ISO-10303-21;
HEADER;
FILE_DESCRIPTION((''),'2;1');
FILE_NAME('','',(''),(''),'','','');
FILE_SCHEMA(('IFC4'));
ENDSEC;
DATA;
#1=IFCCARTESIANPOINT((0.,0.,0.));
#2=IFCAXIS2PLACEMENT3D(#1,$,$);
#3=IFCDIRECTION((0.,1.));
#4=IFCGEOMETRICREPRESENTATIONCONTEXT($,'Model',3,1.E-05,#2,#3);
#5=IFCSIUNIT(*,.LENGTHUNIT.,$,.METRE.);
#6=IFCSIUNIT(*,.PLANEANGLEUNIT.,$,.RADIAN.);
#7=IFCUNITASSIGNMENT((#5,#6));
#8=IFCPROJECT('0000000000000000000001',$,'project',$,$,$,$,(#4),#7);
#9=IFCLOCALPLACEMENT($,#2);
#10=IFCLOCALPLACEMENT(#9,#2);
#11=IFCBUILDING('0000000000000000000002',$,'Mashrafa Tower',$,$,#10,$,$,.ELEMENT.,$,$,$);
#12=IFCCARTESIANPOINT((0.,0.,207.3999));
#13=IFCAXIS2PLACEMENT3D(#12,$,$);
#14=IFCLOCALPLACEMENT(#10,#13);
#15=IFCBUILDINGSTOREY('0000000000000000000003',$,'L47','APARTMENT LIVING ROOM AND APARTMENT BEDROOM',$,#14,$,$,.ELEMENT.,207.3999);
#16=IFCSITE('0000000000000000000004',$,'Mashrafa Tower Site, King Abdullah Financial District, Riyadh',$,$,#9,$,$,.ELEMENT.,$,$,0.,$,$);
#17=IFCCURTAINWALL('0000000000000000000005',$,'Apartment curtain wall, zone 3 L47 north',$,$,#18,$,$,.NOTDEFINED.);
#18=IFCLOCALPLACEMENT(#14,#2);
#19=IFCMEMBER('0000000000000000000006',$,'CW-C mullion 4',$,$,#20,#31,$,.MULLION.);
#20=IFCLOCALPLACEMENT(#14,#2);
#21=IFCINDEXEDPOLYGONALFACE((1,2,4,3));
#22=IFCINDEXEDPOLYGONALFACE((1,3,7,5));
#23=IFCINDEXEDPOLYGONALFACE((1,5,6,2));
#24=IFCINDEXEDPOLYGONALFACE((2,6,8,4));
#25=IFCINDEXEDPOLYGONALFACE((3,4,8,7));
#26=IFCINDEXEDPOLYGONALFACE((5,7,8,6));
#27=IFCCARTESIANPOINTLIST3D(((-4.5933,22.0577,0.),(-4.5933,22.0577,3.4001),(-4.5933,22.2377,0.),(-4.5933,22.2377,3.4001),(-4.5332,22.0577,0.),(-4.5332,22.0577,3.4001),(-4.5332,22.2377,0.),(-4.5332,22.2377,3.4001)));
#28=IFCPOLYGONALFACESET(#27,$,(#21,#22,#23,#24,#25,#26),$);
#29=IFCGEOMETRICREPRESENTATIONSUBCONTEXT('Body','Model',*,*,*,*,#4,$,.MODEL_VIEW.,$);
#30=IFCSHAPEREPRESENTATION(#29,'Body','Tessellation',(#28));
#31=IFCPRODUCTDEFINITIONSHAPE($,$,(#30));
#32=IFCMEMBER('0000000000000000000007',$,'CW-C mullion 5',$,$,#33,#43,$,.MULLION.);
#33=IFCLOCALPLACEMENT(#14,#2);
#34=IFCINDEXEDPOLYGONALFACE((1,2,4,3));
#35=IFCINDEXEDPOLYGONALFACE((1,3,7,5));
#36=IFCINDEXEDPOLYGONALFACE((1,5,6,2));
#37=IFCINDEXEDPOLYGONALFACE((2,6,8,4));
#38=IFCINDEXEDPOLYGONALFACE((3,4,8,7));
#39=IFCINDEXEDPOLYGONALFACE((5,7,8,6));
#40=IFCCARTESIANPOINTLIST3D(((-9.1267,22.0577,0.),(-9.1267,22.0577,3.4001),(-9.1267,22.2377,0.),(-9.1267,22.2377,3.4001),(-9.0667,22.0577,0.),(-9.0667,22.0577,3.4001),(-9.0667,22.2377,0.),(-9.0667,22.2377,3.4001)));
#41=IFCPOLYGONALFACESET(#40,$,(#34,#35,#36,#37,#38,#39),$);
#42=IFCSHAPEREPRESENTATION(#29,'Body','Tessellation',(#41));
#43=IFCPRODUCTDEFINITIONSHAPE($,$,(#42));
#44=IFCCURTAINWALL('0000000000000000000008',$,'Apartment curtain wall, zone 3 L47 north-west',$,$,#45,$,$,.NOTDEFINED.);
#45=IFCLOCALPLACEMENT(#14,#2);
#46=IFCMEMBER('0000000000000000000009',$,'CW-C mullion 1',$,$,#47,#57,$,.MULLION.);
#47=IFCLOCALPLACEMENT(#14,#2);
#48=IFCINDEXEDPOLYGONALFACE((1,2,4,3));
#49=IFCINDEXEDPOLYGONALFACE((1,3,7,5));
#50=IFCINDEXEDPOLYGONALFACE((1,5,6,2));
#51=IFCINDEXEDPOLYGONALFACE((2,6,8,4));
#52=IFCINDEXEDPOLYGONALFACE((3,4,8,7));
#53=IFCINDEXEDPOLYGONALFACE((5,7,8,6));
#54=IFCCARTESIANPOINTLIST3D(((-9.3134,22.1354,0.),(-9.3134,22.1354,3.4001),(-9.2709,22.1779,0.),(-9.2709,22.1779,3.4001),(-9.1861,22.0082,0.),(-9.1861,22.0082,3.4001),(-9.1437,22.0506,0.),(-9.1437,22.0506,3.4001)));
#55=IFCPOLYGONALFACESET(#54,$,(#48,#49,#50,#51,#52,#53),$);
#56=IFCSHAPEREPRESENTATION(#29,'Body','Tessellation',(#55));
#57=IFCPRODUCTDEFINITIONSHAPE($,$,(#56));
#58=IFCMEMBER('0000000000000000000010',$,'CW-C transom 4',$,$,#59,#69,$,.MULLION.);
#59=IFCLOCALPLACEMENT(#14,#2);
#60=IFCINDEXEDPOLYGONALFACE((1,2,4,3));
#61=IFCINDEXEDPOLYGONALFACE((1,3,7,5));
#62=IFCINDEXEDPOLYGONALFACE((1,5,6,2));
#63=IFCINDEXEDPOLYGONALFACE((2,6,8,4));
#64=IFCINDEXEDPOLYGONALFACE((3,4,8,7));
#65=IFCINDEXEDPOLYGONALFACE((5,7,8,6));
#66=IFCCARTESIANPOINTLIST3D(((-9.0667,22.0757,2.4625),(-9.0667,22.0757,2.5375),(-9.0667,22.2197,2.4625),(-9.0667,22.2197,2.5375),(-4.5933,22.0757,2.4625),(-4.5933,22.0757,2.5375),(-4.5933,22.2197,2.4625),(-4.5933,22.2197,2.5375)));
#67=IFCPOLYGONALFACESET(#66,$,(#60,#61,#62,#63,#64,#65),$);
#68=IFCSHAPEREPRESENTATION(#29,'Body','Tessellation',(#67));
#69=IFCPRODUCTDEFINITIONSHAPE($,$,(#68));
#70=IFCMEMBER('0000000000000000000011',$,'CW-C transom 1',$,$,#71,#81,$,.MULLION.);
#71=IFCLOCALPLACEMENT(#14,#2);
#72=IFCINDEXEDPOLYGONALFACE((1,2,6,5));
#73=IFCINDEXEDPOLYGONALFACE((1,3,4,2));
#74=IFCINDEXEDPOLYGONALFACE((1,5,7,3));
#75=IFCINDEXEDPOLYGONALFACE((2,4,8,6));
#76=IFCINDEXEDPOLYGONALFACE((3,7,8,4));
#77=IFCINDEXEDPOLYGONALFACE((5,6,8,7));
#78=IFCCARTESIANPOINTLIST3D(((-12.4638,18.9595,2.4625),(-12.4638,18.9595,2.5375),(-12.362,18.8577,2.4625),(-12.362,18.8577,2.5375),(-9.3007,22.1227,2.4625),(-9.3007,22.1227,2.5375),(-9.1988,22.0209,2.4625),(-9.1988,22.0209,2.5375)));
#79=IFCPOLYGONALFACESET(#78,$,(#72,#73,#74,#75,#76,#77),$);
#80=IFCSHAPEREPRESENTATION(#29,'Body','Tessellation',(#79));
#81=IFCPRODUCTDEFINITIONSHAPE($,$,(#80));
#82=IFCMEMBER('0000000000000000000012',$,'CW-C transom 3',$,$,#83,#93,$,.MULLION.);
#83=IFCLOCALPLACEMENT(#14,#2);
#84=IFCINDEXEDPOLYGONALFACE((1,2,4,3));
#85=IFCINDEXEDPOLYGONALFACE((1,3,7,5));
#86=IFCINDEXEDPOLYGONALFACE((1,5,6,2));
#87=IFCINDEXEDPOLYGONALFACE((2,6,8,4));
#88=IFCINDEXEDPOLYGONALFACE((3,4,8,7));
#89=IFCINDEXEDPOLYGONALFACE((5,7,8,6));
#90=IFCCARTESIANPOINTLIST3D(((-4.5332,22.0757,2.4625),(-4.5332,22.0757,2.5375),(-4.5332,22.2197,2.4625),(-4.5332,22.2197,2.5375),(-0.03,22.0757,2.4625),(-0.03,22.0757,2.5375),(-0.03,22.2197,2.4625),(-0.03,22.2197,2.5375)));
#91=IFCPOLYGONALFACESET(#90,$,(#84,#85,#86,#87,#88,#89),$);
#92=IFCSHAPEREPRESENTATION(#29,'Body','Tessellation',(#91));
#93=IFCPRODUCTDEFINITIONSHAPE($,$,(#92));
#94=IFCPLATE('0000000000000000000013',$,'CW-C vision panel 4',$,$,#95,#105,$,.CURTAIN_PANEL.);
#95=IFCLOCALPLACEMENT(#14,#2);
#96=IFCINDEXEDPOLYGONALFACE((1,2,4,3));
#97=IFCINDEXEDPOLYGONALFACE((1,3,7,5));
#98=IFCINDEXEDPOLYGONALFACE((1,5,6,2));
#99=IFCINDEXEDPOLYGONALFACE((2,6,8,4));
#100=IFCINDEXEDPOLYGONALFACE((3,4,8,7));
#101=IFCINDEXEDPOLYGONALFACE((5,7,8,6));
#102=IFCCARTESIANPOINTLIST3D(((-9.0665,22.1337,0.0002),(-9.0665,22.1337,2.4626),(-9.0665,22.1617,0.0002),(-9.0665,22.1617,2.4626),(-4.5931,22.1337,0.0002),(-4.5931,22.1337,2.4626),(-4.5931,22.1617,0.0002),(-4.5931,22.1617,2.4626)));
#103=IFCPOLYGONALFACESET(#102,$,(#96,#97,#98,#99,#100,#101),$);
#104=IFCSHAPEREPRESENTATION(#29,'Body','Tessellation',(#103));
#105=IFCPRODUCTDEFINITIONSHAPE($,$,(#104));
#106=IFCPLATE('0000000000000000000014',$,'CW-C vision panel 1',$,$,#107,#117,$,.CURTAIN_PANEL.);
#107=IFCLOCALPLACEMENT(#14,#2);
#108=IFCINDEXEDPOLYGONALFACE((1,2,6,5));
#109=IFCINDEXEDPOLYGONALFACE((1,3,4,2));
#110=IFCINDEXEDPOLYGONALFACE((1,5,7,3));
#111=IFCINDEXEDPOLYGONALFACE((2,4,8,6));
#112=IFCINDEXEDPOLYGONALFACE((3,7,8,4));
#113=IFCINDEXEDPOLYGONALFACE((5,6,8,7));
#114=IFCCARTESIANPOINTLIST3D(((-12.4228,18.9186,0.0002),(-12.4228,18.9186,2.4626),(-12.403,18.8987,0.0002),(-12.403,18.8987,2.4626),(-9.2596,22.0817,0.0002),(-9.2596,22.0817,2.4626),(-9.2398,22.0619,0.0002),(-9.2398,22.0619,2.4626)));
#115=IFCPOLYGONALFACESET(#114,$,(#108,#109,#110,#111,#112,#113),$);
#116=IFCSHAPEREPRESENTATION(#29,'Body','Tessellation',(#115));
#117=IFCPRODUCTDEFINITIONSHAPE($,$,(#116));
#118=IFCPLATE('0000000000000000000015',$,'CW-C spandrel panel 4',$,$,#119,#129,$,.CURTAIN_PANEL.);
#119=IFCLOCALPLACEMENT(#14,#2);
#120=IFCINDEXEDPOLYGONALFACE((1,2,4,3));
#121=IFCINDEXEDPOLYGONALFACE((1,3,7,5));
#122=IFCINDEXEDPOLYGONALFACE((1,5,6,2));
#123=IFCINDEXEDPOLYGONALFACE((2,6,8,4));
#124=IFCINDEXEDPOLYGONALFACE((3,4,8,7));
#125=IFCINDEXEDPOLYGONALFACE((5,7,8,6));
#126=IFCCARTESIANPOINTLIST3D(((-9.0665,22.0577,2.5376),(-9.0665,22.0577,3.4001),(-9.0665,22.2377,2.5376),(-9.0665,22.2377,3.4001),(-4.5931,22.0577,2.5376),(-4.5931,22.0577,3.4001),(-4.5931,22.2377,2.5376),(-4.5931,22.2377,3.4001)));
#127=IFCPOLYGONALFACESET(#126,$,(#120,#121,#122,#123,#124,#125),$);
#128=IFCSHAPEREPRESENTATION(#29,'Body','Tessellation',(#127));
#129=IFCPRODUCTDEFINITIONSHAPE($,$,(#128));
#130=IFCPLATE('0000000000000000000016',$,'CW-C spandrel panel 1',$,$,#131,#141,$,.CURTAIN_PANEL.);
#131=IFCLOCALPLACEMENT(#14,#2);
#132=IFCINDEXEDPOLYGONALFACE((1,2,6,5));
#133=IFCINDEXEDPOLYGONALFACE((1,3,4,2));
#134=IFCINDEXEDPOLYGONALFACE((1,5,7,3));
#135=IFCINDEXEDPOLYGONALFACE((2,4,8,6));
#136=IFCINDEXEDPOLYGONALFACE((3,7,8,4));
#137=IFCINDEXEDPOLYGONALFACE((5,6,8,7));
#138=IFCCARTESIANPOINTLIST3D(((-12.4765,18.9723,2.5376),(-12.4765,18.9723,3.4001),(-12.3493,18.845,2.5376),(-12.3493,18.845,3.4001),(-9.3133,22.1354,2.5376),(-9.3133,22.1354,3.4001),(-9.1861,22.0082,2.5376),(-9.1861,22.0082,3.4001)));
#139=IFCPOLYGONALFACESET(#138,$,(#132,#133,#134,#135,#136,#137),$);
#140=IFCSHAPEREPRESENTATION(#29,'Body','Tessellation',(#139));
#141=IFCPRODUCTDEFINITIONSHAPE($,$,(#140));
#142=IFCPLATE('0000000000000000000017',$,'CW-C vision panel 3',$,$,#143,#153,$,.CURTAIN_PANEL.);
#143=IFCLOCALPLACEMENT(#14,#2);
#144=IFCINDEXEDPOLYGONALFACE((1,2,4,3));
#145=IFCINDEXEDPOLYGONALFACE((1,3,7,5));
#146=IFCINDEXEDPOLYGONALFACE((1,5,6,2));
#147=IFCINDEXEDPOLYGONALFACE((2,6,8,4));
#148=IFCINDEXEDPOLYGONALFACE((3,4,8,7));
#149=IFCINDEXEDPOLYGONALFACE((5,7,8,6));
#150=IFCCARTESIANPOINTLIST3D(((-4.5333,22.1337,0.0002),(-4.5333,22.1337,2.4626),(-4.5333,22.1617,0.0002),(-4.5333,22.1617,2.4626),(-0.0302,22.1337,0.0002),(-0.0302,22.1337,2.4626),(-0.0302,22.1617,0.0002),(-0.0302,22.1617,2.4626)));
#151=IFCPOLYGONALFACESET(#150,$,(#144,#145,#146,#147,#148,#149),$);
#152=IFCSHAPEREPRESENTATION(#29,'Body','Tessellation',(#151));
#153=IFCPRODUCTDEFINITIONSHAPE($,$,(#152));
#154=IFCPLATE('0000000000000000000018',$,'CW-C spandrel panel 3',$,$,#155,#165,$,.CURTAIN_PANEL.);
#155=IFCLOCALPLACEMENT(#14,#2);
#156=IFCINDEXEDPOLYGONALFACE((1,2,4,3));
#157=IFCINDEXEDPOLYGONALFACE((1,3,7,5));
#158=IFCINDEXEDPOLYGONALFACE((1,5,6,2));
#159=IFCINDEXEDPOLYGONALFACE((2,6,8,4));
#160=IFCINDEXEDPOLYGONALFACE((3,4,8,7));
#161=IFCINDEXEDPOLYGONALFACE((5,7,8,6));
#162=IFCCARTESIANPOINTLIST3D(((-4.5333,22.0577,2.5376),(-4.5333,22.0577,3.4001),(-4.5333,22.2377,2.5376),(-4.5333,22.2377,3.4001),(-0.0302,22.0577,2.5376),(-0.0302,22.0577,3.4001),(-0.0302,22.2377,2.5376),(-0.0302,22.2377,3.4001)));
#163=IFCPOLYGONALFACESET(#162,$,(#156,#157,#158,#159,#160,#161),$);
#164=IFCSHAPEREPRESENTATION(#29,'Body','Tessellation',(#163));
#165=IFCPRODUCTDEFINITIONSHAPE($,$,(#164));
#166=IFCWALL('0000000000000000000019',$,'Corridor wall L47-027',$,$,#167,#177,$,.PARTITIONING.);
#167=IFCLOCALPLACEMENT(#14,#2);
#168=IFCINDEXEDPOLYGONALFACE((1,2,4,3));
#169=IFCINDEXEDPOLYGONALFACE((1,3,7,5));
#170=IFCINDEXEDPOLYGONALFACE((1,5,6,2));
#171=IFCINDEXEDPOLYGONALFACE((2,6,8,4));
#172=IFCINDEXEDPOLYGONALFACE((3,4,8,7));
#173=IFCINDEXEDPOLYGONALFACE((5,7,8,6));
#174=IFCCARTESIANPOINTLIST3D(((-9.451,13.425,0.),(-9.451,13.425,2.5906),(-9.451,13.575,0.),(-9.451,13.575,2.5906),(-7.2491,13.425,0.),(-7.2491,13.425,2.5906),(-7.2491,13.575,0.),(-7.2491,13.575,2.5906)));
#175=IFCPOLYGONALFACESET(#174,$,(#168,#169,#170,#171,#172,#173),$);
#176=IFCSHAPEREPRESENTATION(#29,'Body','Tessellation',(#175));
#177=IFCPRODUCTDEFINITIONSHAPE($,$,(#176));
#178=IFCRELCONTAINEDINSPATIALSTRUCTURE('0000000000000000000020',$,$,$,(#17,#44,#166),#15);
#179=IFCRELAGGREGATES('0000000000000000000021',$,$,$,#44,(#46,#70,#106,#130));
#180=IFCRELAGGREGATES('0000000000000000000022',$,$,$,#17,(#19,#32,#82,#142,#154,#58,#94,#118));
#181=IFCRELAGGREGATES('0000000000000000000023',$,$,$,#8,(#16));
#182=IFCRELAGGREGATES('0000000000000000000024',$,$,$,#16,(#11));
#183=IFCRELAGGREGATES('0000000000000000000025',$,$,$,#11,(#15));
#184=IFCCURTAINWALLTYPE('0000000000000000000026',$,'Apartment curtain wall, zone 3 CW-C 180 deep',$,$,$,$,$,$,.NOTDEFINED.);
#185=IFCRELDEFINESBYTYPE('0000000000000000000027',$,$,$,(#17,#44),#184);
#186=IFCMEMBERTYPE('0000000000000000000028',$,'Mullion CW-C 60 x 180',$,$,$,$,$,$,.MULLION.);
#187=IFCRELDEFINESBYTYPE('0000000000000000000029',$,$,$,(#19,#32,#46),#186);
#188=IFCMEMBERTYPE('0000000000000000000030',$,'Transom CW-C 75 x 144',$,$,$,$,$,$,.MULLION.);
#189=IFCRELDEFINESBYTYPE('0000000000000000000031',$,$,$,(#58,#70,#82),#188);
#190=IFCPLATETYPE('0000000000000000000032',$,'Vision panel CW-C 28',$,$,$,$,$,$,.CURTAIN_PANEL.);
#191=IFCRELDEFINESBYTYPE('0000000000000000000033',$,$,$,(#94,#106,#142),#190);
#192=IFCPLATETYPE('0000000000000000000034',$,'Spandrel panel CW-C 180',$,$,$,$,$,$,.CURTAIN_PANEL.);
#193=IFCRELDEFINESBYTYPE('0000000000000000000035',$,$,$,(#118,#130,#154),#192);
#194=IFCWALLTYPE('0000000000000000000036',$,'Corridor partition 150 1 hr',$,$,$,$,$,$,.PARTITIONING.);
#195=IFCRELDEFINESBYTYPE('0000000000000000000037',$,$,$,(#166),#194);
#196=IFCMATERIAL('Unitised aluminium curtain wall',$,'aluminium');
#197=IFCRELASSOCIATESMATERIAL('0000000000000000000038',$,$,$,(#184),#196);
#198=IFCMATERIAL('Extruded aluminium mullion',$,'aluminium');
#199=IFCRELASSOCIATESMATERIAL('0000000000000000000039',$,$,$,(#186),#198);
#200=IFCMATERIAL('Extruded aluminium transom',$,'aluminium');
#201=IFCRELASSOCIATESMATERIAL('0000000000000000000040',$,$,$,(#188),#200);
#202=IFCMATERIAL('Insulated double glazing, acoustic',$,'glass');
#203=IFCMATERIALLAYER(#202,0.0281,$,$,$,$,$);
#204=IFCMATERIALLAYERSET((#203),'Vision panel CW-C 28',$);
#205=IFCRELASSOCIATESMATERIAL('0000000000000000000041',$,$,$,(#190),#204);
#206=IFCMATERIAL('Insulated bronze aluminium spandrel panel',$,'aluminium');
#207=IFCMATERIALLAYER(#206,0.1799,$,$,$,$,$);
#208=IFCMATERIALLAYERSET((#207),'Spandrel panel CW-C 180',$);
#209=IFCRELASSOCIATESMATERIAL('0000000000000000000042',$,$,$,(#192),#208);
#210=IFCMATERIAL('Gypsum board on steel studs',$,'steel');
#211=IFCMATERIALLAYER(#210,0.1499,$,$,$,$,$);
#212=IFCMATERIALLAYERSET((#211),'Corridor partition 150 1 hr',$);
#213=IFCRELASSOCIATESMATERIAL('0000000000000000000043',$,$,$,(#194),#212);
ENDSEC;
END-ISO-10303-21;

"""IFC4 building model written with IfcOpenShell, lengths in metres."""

from ifc_helpers import new_model, si_unit, direction, frame, frame_2d, origin, origin_2d, place, context, subcontext, project, spatial, rectangle, extrude, source, transform, mapped, material, layer, layer_set, material_profile, profile_set, type_object, type_shapes, element, aggregate, save


model = new_model("IFC4")

# Units and contexts
model_context = context("Model", 3, precision=1e-05, world=origin(), true_north=direction((0.0, 1.0)))
body_context = subcontext(model_context, "Body", "Model", "MODEL_VIEW")
ifc_project = project(units=[si_unit("LENGTHUNIT", "METRE"), si_unit("PLANEANGLEUNIT", "RADIAN")], contexts=[model_context])

# Site, building, storey
site_placement = place(None, origin())
site = spatial("IfcSite", under=ifc_project, at=site_placement, Name="Mashrafa Tower Site, King Abdullah Financial District, Riyadh", CompositionType="ELEMENT", RefElevation=0.0)
building_placement = place(site_placement, origin())
building = spatial("IfcBuilding", under=site, at=building_placement, Name="Mashrafa Tower", CompositionType="ELEMENT")
storey_placement = place(building_placement, frame((0.0, 0.0, 207.3999)))
storey = spatial("IfcBuildingStorey", under=building, at=storey_placement, Name="L47", Description="APARTMENT LIVING ROOM AND APARTMENT BEDROOM", CompositionType="ELEMENT", Elevation=207.3999)

# Curtain wall, members
ifc_material_1 = material(Name="Unitised aluminium curtain wall", Category="aluminium")
curtain_wall_type = type_object("IfcCurtainWallType", Name="Apartment curtain wall, zone 3 CW-C 180 deep", PredefinedType="NOTDEFINED", material=ifc_material_1)
curtain_wall_1_placement = place(storey_placement, origin())
curtain_wall_1 = element("IfcCurtainWall", 1, at=curtain_wall_1_placement, inside=storey, type_object=curtain_wall_type, Name="Apartment curtain wall, zone 3 L47 north", PredefinedType="NOTDEFINED")
ifc_material_2 = material(Name="Extruded aluminium mullion", Category="aluminium")
ifc_material_profile_1 = material_profile(ifc_material_2, rectangle(XDim=0.1799, YDim=0.0601, at=origin_2d()), Name="Mullion 60x180")
ifc_profile_set_1 = profile_set([ifc_material_profile_1], Name="Extruded aluminium mullion")
member_type_1 = type_object("IfcMemberType", Name="Mullion CW-C 60 x 180", PredefinedType="MULLION", material=ifc_profile_set_1)
shared_shape_1 = source(origin(), body_context, "Body", "SweptSolid", [
    extrude(rectangle(XDim=0.1799, YDim=0.0601, at=origin_2d()), origin(), (0.0, 0.0, 1.0), 3.4001),
])
type_shapes(member_type_1, [shared_shape_1])
member_1_placement = place(storey_placement, frame((-4.5632, 22.1477, 0.0), z_axis=(0.0, 0.0, 1.0), x_axis=(0.0, -1.0, 0.0)))
member_1 = element("IfcMember", 2, at=member_1_placement, type_object=member_type_1, Name="CW-C mullion 4", PredefinedType="MULLION", context=body_context, shape_type="MappedRepresentation", body=[
    mapped(shared_shape_1, transform((0.0, 0.0, 0.0))),
])
member_2_placement = place(storey_placement, frame((-9.0967, 22.1477, 0.0), z_axis=(0.0, 0.0, 1.0), x_axis=(0.0, -1.0, 0.0)))
member_2 = element("IfcMember", 3, at=member_2_placement, type_object=member_type_1, Name="CW-C mullion 5", PredefinedType="MULLION", context=body_context, shape_type="MappedRepresentation", body=[
    mapped(shared_shape_1, transform((0.0, 0.0, 0.0))),
])

# Curtain wall, member
curtain_wall_2_placement = place(storey_placement, origin())
curtain_wall_2 = element("IfcCurtainWall", 4, at=curtain_wall_2_placement, inside=storey, type_object=curtain_wall_type, Name="Apartment curtain wall, zone 3 L47 north-west", PredefinedType="NOTDEFINED")
member_3_placement = place(storey_placement, frame((-9.2285, 22.093, 0.0), z_axis=(0.0, 0.0, 1.0), x_axis=(0.707107, -0.707107, 0.0)))
member_3 = element("IfcMember", 5, at=member_3_placement, type_object=member_type_1, Name="CW-C mullion 1", PredefinedType="MULLION", context=body_context, shape_type="MappedRepresentation", body=[
    mapped(shared_shape_1, transform((0.0, 0.0, 0.0))),
])

# Members
ifc_material_3 = material(Name="Extruded aluminium transom", Category="aluminium")
ifc_material_profile_2 = material_profile(ifc_material_3, rectangle(XDim=0.144, YDim=0.075, at=origin_2d()), Name="Transom 75x144")
ifc_profile_set_2 = profile_set([ifc_material_profile_2], Name="Extruded aluminium transom")
member_type_2 = type_object("IfcMemberType", Name="Transom CW-C 75 x 144", PredefinedType="MULLION", material=ifc_profile_set_2)
shared_shape_2 = source(origin(), body_context, "Body", "SweptSolid", [
    extrude(rectangle(XDim=0.144, YDim=0.075, at=origin_2d()), origin(), (0.0, 0.0, 1.0), 4.4734),
])
member_4_placement = place(storey_placement, frame((-4.5933, 22.1477, 2.5), z_axis=(-1.0, 0.0, 0.0), x_axis=(0.0, -1.0, 0.0)))
member_4 = element("IfcMember", 6, at=member_4_placement, type_object=member_type_2, Name="CW-C transom 4", PredefinedType="MULLION", context=body_context, shape_type="MappedRepresentation", body=[
    mapped(shared_shape_2, transform((0.0, 0.0, 0.0))),
])
member_5_placement = place(storey_placement, frame((-9.2498, 22.0718, 2.5), z_axis=(-0.707107, -0.707107, 0.0), x_axis=(0.707107, -0.707107, 0.0)))
member_5 = element("IfcMember", 7, at=member_5_placement, type_object=member_type_2, Name="CW-C transom 1", PredefinedType="MULLION", context=body_context, shape_type="MappedRepresentation", body=[
    mapped(shared_shape_2, transform((0.0, 0.0, 0.0))),
])
shared_shape_3 = source(origin(), body_context, "Body", "SweptSolid", [
    extrude(rectangle(XDim=0.144, YDim=0.075, at=origin_2d()), origin(), (0.0, 0.0, 1.0), 4.5032),
])
type_shapes(member_type_2, [shared_shape_2, shared_shape_3])
member_6_placement = place(storey_placement, frame((-0.03, 22.1477, 2.5), z_axis=(-1.0, 0.0, 0.0), x_axis=(0.0, -1.0, 0.0)))
member_6 = element("IfcMember", 8, at=member_6_placement, type_object=member_type_2, Name="CW-C transom 3", PredefinedType="MULLION", context=body_context, shape_type="MappedRepresentation", body=[
    mapped(shared_shape_3, transform((0.0, 0.0, 0.0))),
])

# Plates
ifc_material_4 = material(Name="Insulated double glazing, acoustic", Category="glass")
ifc_layer_1 = layer(ifc_material_4, 0.0281)
ifc_layer_set_1 = layer_set([ifc_layer_1], Name="Vision panel CW-C 28")
plate_type_1 = type_object("IfcPlateType", Name="Vision panel CW-C 28", PredefinedType="CURTAIN_PANEL", material=ifc_layer_set_1)
shared_shape_4 = source(origin(), body_context, "Body", "SweptSolid", [
    extrude(rectangle(XDim=4.4734, YDim=0.0281, at=origin_2d()), origin(), (0.0, 0.0, 1.0), 2.4624),
])
plate_1_placement = place(storey_placement, frame((-6.8298, 22.1477, 0.0002), z_axis=(0.0, 0.0, 1.0), x_axis=(-1.0, 0.0, 0.0)))
plate_1 = element("IfcPlate", 9, at=plate_1_placement, type_object=plate_type_1, Name="CW-C vision panel 4", PredefinedType="CURTAIN_PANEL", context=body_context, shape_type="MappedRepresentation", body=[
    mapped(shared_shape_4, transform((0.0, 0.0, 0.0))),
])
plate_2_placement = place(storey_placement, frame((-10.8313, 20.4902, 0.0002), z_axis=(0.0, 0.0, 1.0), x_axis=(-0.707107, -0.707107, 0.0)))
plate_2 = element("IfcPlate", 10, at=plate_2_placement, type_object=plate_type_1, Name="CW-C vision panel 1", PredefinedType="CURTAIN_PANEL", context=body_context, shape_type="MappedRepresentation", body=[
    mapped(shared_shape_4, transform((0.0, 0.0, 0.0))),
])
ifc_material_5 = material(Name="Insulated bronze aluminium spandrel panel", Category="aluminium")
ifc_layer_2 = layer(ifc_material_5, 0.1799)
ifc_layer_set_2 = layer_set([ifc_layer_2], Name="Spandrel panel CW-C 180")
plate_type_2 = type_object("IfcPlateType", Name="Spandrel panel CW-C 180", PredefinedType="CURTAIN_PANEL", material=ifc_layer_set_2)
shared_shape_5 = source(origin(), body_context, "Body", "SweptSolid", [
    extrude(rectangle(XDim=4.4734, YDim=0.1799, at=origin_2d()), origin(), (0.0, 0.0, 1.0), 0.8625),
])
plate_3_placement = place(storey_placement, frame((-6.8298, 22.1477, 2.5376), z_axis=(0.0, 0.0, 1.0), x_axis=(-1.0, 0.0, 0.0)))
plate_3 = element("IfcPlate", 11, at=plate_3_placement, type_object=plate_type_2, Name="CW-C spandrel panel 4", PredefinedType="CURTAIN_PANEL", context=body_context, shape_type="MappedRepresentation", body=[
    mapped(shared_shape_5, transform((0.0, 0.0, 0.0))),
])
plate_4_placement = place(storey_placement, frame((-10.8313, 20.4902, 2.5376), z_axis=(0.0, 0.0, 1.0), x_axis=(-0.707107, -0.707107, 0.0)))
plate_4 = element("IfcPlate", 12, at=plate_4_placement, type_object=plate_type_2, Name="CW-C spandrel panel 1", PredefinedType="CURTAIN_PANEL", context=body_context, shape_type="MappedRepresentation", body=[
    mapped(shared_shape_5, transform((0.0, 0.0, 0.0))),
])
aggregate(curtain_wall_2, [member_3, member_5, plate_2, plate_4])
shared_shape_6 = source(origin(), body_context, "Body", "SweptSolid", [
    extrude(rectangle(XDim=4.5032, YDim=0.0281, at=origin_2d()), origin(), (0.0, 0.0, 1.0), 2.4624),
])
type_shapes(plate_type_1, [shared_shape_4, shared_shape_6])
plate_5_placement = place(storey_placement, frame((-2.2817, 22.1477, 0.0002), z_axis=(0.0, 0.0, 1.0), x_axis=(-1.0, 0.0, 0.0)))
plate_5 = element("IfcPlate", 13, at=plate_5_placement, type_object=plate_type_1, Name="CW-C vision panel 3", PredefinedType="CURTAIN_PANEL", context=body_context, shape_type="MappedRepresentation", body=[
    mapped(shared_shape_6, transform((0.0, 0.0, 0.0))),
])
shared_shape_7 = source(origin(), body_context, "Body", "SweptSolid", [
    extrude(rectangle(XDim=4.5032, YDim=0.1799, at=origin_2d()), origin(), (0.0, 0.0, 1.0), 0.8625),
])
type_shapes(plate_type_2, [shared_shape_5, shared_shape_7])
plate_6_placement = place(storey_placement, frame((-2.2817, 22.1477, 2.5376), z_axis=(0.0, 0.0, 1.0), x_axis=(-1.0, 0.0, 0.0)))
plate_6 = element("IfcPlate", 14, at=plate_6_placement, type_object=plate_type_2, Name="CW-C spandrel panel 3", PredefinedType="CURTAIN_PANEL", context=body_context, shape_type="MappedRepresentation", body=[
    mapped(shared_shape_7, transform((0.0, 0.0, 0.0))),
])
aggregate(curtain_wall_1, [member_1, member_2, member_6, plate_5, plate_6, member_4, plate_1, plate_3])

# Wall
ifc_material_6 = material(Name="Gypsum board on steel studs", Category="steel")
ifc_layer_3 = layer(ifc_material_6, 0.1499)
ifc_layer_set_3 = layer_set([ifc_layer_3], Name="Corridor partition 150 1 hr")
wall_type_1 = type_object("IfcWallType", Name="Corridor partition 150 1 hr", PredefinedType="PARTITIONING", material=ifc_layer_set_3)
wall_1_placement = place(storey_placement, frame((-7.249, 13.5, 0.0), z_axis=(0.0, 0.0, 1.0), x_axis=(-1.0, 0.0, 0.0)))
element("IfcWall", 15, at=wall_1_placement, inside=storey, type_object=wall_type_1, Name="Corridor wall L47-027", PredefinedType="PARTITIONING", context=body_context, shape_type="SweptSolid", body=[
    extrude(rectangle(XDim=2.2019, YDim=0.1499, at=frame_2d((1.1011, 0.0))), origin(), (0.0, 0.0, 1.0), 2.5906),
])

save(model, "model.ifc")
